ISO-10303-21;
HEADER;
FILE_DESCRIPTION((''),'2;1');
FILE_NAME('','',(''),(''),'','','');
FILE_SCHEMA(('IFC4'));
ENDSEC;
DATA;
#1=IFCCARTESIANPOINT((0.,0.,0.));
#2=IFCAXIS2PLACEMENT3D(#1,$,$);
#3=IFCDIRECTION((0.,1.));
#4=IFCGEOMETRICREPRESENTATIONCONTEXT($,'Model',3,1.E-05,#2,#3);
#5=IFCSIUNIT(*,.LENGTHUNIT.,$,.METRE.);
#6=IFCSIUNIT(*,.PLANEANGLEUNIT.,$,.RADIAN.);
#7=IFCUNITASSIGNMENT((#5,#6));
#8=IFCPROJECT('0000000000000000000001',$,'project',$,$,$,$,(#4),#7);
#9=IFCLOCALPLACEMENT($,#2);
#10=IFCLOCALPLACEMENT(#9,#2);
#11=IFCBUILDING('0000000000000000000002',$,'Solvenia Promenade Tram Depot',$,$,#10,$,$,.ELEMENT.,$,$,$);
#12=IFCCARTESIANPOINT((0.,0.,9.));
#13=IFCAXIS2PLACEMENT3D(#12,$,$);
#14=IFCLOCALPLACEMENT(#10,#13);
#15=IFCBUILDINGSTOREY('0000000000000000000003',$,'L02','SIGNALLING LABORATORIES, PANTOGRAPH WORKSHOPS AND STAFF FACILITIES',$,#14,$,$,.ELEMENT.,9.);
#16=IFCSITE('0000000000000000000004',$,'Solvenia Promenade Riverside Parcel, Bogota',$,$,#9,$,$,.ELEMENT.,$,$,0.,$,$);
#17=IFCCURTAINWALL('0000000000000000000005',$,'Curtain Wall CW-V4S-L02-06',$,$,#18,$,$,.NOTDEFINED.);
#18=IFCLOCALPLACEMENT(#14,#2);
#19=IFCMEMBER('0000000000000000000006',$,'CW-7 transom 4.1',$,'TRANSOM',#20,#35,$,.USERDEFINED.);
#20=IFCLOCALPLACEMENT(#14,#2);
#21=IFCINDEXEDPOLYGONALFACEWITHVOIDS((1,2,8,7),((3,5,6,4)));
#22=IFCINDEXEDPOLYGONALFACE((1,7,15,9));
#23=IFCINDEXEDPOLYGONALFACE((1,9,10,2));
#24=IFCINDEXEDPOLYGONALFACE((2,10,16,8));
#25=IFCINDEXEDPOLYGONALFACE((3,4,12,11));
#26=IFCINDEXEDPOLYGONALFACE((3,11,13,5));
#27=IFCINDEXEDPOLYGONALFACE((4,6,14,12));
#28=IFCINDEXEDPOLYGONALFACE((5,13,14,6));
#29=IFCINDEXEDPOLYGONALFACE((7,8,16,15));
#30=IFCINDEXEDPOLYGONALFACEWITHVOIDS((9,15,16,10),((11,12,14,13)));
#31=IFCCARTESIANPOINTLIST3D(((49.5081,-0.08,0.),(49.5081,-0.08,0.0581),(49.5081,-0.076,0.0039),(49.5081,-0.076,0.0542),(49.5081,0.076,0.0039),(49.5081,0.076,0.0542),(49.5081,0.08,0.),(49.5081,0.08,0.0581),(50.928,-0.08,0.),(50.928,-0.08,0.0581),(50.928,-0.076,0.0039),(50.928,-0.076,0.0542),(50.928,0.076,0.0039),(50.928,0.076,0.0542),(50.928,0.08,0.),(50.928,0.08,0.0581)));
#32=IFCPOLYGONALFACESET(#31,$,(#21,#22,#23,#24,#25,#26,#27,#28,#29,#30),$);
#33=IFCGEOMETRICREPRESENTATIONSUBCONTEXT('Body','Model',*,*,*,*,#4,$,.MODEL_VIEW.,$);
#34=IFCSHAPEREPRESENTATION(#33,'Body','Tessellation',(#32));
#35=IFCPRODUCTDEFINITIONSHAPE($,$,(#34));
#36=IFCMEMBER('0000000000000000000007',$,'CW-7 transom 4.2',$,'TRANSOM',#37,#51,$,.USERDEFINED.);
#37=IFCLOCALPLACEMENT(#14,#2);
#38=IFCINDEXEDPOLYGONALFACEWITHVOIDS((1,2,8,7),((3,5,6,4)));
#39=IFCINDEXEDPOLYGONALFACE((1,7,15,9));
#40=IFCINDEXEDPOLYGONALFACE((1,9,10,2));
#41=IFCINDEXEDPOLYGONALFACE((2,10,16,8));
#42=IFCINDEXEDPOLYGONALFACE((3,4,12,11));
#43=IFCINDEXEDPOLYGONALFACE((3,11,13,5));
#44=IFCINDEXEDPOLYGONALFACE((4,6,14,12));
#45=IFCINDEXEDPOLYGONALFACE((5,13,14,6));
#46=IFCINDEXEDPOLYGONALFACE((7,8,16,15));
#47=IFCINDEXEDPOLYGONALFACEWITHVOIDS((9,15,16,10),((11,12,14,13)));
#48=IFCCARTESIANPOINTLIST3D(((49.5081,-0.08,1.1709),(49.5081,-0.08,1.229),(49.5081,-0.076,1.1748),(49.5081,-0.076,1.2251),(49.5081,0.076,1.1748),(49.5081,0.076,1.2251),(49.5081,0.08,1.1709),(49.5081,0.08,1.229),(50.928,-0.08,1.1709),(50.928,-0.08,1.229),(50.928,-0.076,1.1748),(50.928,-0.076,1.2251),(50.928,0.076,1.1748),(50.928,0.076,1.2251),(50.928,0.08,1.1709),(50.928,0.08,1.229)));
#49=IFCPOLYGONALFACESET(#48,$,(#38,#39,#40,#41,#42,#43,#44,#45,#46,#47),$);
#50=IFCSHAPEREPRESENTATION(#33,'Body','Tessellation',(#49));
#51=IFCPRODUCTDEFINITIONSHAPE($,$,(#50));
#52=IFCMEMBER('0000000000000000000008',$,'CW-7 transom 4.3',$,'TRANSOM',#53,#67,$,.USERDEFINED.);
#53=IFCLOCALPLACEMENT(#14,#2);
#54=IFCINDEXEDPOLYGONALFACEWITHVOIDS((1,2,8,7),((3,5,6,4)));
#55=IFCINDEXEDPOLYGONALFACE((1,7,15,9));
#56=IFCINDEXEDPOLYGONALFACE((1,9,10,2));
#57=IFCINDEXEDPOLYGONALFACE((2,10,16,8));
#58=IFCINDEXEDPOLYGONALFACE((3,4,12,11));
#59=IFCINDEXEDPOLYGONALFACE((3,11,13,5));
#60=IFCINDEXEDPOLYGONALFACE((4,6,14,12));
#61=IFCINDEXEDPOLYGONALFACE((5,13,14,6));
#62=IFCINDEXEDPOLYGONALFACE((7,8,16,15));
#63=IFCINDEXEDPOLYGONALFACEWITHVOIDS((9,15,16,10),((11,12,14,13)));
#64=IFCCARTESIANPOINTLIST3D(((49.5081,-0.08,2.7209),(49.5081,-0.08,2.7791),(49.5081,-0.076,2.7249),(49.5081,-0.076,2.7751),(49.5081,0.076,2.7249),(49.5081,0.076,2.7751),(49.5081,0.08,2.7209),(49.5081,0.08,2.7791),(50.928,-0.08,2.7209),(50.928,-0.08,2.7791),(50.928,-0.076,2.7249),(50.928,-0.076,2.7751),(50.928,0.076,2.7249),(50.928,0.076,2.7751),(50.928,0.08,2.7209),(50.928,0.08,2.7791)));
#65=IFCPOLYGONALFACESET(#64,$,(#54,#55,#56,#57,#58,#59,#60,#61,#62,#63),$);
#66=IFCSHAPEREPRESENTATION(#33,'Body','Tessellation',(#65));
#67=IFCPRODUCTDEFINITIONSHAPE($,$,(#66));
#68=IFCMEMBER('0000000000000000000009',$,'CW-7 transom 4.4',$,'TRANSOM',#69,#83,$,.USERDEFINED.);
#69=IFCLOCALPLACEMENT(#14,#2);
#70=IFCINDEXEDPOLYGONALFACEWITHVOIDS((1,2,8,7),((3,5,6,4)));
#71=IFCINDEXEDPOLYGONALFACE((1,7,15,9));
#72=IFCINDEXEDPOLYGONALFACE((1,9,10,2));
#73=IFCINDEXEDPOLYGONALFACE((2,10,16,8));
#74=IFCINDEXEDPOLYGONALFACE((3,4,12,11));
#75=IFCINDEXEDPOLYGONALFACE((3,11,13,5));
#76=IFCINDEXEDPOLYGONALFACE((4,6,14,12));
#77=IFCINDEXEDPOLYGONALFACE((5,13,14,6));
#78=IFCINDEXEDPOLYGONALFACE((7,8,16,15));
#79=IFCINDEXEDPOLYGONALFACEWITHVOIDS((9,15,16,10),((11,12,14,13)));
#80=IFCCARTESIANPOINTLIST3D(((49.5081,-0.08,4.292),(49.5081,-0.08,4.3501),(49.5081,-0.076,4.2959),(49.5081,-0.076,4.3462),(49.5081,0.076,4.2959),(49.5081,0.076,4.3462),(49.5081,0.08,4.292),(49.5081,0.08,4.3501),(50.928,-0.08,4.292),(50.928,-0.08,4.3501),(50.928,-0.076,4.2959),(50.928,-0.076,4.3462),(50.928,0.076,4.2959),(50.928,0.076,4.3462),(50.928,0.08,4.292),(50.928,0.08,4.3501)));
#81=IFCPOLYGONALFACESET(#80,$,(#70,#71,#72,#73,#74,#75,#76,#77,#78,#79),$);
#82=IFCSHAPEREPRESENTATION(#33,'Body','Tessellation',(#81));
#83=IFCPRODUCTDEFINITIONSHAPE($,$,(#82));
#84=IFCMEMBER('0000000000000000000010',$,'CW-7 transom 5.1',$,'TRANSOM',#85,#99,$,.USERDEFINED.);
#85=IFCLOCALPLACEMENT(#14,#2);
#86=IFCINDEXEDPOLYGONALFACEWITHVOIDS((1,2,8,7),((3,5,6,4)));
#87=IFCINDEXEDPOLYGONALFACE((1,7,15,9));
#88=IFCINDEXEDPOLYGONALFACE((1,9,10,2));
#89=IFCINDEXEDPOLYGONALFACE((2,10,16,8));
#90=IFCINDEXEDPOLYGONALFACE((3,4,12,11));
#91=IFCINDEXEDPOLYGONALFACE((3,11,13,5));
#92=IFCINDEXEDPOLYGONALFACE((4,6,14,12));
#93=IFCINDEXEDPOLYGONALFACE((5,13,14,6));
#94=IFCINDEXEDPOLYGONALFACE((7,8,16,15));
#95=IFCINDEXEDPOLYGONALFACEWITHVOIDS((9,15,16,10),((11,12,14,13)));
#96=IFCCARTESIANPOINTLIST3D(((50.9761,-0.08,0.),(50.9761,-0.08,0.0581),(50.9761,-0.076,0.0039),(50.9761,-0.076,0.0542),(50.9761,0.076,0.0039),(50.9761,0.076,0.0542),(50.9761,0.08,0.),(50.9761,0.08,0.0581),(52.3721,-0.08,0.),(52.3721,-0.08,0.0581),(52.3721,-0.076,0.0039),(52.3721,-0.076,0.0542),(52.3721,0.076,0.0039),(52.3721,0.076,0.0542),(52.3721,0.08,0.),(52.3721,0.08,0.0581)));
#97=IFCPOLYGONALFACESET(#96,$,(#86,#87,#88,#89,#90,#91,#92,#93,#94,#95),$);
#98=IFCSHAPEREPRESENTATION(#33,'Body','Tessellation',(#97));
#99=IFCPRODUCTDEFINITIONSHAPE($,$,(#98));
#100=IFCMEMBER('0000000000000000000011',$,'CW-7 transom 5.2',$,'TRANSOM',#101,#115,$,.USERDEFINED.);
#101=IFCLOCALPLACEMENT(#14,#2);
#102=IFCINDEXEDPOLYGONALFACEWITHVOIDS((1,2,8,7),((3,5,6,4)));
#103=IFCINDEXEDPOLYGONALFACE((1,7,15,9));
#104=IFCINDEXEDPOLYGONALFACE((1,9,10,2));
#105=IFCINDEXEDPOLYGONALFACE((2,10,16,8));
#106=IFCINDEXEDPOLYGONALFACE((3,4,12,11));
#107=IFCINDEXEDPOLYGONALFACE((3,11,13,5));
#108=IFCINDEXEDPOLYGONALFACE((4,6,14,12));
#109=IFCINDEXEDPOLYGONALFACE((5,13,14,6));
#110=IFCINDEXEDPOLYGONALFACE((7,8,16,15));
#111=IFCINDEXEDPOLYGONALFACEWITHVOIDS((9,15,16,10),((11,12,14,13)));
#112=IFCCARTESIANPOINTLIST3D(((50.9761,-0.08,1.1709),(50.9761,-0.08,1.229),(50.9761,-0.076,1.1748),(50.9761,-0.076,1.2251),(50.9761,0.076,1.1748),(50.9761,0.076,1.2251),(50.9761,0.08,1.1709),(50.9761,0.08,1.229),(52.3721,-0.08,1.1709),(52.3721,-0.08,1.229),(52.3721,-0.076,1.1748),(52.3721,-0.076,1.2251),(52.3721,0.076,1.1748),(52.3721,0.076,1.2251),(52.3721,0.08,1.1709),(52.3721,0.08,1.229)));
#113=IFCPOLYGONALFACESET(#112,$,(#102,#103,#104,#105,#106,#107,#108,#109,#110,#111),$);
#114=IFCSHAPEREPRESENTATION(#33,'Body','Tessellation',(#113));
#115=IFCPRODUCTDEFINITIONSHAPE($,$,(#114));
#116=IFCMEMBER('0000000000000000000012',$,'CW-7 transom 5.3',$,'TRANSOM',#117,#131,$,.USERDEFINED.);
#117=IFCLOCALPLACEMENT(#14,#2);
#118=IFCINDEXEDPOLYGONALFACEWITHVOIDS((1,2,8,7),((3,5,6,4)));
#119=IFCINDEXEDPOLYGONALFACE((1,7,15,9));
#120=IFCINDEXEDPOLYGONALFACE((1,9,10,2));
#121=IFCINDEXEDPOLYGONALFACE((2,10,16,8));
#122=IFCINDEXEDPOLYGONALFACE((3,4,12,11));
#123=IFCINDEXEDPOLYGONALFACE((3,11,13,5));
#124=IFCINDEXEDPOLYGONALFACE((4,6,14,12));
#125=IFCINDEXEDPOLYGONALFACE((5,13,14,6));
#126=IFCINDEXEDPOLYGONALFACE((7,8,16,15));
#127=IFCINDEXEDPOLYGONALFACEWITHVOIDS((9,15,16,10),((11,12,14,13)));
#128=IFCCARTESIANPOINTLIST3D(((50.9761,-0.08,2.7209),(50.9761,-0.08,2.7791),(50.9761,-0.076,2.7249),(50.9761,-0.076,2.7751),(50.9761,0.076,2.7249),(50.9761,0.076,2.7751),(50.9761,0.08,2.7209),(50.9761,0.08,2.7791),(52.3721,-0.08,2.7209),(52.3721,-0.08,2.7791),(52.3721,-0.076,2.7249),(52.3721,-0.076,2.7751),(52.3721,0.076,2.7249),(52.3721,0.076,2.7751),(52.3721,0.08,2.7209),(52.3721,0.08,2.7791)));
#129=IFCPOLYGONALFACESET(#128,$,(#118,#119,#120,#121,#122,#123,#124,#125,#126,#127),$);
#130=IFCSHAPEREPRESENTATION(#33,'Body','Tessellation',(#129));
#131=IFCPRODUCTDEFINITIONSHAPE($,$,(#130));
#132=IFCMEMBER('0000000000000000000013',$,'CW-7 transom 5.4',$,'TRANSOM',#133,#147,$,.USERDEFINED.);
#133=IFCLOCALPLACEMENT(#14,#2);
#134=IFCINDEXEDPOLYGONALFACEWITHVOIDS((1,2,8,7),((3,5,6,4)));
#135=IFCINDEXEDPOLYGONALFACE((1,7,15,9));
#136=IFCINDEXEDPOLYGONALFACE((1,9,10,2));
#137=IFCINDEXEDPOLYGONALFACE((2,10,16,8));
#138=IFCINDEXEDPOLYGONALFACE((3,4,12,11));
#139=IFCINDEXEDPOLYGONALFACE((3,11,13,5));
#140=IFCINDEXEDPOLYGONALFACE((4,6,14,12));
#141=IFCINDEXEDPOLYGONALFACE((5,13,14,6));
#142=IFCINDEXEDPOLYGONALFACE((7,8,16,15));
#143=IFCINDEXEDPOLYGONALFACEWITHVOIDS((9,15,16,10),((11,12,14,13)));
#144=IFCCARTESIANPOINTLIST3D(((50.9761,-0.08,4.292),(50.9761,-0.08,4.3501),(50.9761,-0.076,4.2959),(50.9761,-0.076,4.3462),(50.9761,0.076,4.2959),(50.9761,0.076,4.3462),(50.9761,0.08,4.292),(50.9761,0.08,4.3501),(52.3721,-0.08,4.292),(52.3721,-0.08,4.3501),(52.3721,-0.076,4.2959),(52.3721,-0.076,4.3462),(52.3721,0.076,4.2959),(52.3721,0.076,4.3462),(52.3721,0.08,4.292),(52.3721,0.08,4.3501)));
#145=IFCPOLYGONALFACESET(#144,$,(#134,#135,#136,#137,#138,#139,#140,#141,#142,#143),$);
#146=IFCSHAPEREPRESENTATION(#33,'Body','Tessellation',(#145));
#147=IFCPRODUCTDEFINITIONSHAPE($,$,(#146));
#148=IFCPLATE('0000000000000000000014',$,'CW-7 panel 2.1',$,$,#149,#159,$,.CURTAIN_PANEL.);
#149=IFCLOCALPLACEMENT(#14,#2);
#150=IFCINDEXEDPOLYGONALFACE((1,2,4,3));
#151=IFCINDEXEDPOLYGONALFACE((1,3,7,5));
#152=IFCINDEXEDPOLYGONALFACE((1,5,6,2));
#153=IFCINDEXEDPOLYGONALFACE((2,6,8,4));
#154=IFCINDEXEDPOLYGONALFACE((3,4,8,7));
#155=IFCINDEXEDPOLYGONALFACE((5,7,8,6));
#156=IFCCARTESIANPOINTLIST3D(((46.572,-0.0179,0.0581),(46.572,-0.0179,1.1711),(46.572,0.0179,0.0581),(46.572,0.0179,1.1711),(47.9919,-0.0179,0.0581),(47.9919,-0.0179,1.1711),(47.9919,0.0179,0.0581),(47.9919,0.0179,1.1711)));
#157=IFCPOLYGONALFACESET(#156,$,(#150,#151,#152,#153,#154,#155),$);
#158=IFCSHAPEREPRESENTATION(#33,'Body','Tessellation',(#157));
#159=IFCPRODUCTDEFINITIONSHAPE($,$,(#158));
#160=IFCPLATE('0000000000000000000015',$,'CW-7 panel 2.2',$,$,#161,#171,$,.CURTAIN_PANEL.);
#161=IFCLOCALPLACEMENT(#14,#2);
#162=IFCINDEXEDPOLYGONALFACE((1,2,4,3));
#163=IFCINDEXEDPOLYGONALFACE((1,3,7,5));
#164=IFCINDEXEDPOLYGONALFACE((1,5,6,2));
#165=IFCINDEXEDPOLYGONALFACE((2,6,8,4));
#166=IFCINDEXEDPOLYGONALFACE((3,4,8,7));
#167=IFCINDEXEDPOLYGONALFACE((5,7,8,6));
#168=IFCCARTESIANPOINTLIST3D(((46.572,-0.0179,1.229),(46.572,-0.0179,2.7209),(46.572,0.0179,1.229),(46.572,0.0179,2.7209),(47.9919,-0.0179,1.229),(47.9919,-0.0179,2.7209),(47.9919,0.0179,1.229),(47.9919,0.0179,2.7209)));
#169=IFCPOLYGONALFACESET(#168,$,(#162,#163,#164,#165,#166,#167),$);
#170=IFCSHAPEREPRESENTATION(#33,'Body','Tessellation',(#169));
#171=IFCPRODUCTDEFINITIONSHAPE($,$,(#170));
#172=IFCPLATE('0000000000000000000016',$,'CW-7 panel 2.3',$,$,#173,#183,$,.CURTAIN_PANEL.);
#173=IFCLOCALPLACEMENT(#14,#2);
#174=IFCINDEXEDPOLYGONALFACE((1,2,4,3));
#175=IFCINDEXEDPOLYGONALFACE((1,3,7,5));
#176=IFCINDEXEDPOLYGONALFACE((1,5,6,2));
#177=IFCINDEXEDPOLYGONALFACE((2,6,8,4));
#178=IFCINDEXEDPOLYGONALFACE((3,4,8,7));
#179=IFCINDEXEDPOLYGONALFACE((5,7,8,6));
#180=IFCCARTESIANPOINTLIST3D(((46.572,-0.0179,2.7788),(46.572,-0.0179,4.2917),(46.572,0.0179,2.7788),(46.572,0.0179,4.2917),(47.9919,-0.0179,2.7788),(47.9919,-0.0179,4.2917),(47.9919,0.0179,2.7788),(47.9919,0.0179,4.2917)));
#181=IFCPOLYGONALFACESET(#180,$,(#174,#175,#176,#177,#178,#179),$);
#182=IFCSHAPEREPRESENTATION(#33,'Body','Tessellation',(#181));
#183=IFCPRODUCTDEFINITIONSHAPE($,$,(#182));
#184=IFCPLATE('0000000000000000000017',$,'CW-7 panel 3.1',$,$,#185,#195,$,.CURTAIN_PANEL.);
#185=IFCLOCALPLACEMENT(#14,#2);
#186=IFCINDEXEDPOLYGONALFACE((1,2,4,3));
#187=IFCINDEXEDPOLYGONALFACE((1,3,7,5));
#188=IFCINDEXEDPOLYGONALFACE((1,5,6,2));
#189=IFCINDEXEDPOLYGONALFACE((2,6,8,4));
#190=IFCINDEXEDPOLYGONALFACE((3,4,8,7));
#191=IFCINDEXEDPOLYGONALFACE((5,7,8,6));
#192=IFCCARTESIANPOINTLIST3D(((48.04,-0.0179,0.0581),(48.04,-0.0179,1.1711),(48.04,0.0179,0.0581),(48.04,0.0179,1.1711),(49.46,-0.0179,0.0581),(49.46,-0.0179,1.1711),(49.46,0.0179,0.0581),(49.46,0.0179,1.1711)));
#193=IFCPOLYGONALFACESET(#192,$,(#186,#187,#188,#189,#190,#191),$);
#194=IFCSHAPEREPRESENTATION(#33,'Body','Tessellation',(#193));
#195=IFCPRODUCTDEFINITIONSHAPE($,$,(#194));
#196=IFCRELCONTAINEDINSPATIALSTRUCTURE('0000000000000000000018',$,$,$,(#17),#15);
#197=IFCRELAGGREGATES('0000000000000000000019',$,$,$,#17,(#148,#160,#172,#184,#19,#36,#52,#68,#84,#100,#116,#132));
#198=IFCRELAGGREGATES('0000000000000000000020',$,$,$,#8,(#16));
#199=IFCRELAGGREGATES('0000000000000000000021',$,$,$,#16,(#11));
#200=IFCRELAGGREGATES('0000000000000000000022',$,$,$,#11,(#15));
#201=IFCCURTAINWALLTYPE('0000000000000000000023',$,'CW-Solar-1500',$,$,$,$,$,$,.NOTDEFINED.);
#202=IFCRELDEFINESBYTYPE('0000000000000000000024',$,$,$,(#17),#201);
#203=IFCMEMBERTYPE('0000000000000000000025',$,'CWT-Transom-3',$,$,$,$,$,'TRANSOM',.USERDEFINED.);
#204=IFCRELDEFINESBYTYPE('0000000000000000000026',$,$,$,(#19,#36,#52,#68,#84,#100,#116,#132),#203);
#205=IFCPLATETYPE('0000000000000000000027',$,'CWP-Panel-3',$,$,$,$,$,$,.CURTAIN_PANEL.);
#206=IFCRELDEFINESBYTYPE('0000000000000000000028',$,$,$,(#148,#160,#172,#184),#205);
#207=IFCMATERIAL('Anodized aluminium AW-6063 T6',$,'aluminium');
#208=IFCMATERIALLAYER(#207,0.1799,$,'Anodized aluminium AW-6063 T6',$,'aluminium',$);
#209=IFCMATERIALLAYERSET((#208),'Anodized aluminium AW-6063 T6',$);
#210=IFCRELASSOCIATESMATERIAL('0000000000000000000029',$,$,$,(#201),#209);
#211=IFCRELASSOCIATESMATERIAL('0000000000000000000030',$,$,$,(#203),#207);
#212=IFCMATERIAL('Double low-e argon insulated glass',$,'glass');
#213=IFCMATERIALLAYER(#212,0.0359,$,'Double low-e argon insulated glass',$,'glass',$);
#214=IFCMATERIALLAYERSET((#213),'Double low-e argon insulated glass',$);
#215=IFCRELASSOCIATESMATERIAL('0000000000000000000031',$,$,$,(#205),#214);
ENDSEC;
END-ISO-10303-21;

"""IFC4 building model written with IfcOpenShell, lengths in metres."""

from ifc_helpers import new_model, si_unit, direction, frame, origin, origin_2d, place, context, subcontext, project, spatial, rectangle, hollow_rectangle, extrude, material, layer, layer_set, material_profile, profile_set, type_object, element, aggregate, save


model = new_model("IFC4")

# Units and contexts
model_context = context("Model", 3, precision=1e-05, world=origin(), true_north=direction((0.0, 1.0)))
body_context = subcontext(model_context, "Body", "Model", "MODEL_VIEW")
ifc_project = project(units=[si_unit("LENGTHUNIT", "METRE"), si_unit("PLANEANGLEUNIT", "RADIAN")], contexts=[model_context])

# Site, building, storey
site_placement = place(None, origin())
site = spatial("IfcSite", under=ifc_project, at=site_placement, Name="Solvenia Promenade Riverside Parcel, Bogota", CompositionType="ELEMENT", RefElevation=0.0)
building_placement = place(site_placement, origin())
building = spatial("IfcBuilding", under=site, at=building_placement, Name="Solvenia Promenade Tram Depot", CompositionType="ELEMENT")
storey_placement = place(building_placement, frame((0.0, 0.0, 9.0)))
storey = spatial("IfcBuildingStorey", under=building, at=storey_placement, Name="L02", Description="SIGNALLING LABORATORIES, PANTOGRAPH WORKSHOPS AND STAFF FACILITIES", CompositionType="ELEMENT", Elevation=9.0)

# Curtain wall, members, plates
ifc_material_1 = material(Name="Anodized aluminium AW-6063 T6", Category="aluminium")
ifc_layer_1 = layer(ifc_material_1, 0.1799, Name="Anodized aluminium AW-6063 T6", Category="aluminium")
ifc_layer_set_1 = layer_set([ifc_layer_1], Name="Anodized aluminium AW-6063 T6")
curtain_wall_type = type_object("IfcCurtainWallType", Name="CW-Solar-1500", PredefinedType="NOTDEFINED", material=ifc_layer_set_1)
curtain_wall_placement = place(storey_placement, origin())
curtain_wall = element("IfcCurtainWall", 1, at=curtain_wall_placement, inside=storey, type_object=curtain_wall_type, Name="Curtain Wall CW-V4S-L02-06", PredefinedType="NOTDEFINED")
ifc_material_profile_1 = material_profile(ifc_material_1, hollow_rectangle(XDim=0.1599, YDim=0.0581, WallThickness=0.0039, at=origin_2d()), Name="ALU-T3", Category="aluminium")
ifc_profile_set_1 = profile_set([ifc_material_profile_1], Name="Anodized aluminium AW-6063 T6")
member_type_1 = type_object("IfcMemberType", Name="CWT-Transom-3", ElementType="TRANSOM", PredefinedType="USERDEFINED", material=ifc_profile_set_1)
member_1_placement = place(storey_placement, frame((49.5081, 0.0, 0.0291), z_axis=(1.0, 0.0, 0.0), x_axis=(0.0, 1.0, 0.0)))
member_1 = element("IfcMember", 2, at=member_1_placement, type_object=member_type_1, Name="CW-7 transom 4.1", ObjectType="TRANSOM", PredefinedType="USERDEFINED", context=body_context, shape_type="SweptSolid", body=[
    extrude(hollow_rectangle(XDim=0.1599, YDim=0.0581, WallThickness=0.0039, at=origin_2d()), origin(), (0.0, 0.0, 1.0), 1.4199),
])
member_2_placement = place(storey_placement, frame((49.5081, 0.0, 1.2), z_axis=(1.0, 0.0, 0.0), x_axis=(0.0, 1.0, 0.0)))
member_2 = element("IfcMember", 3, at=member_2_placement, type_object=member_type_1, Name="CW-7 transom 4.2", ObjectType="TRANSOM", PredefinedType="USERDEFINED", context=body_context, shape_type="SweptSolid", body=[
    extrude(hollow_rectangle(XDim=0.1599, YDim=0.0581, WallThickness=0.0039, at=origin_2d()), origin(), (0.0, 0.0, 1.0), 1.4199),
])
member_3_placement = place(storey_placement, frame((49.5081, 0.0, 2.75), z_axis=(1.0, 0.0, 0.0), x_axis=(0.0, 1.0, 0.0)))
member_3 = element("IfcMember", 4, at=member_3_placement, type_object=member_type_1, Name="CW-7 transom 4.3", ObjectType="TRANSOM", PredefinedType="USERDEFINED", context=body_context, shape_type="SweptSolid", body=[
    extrude(hollow_rectangle(XDim=0.1599, YDim=0.0581, WallThickness=0.0039, at=origin_2d()), origin(), (0.0, 0.0, 1.0), 1.4199),
])
member_4_placement = place(storey_placement, frame((49.5081, 0.0, 4.321), z_axis=(1.0, 0.0, 0.0), x_axis=(0.0, 1.0, 0.0)))
member_4 = element("IfcMember", 5, at=member_4_placement, type_object=member_type_1, Name="CW-7 transom 4.4", ObjectType="TRANSOM", PredefinedType="USERDEFINED", context=body_context, shape_type="SweptSolid", body=[
    extrude(hollow_rectangle(XDim=0.1599, YDim=0.0581, WallThickness=0.0039, at=origin_2d()), origin(), (0.0, 0.0, 1.0), 1.4199),
])
member_5_placement = place(storey_placement, frame((50.9761, 0.0, 0.0291), z_axis=(1.0, 0.0, 0.0), x_axis=(0.0, 1.0, 0.0)))
member_5 = element("IfcMember", 6, at=member_5_placement, type_object=member_type_1, Name="CW-7 transom 5.1", ObjectType="TRANSOM", PredefinedType="USERDEFINED", context=body_context, shape_type="SweptSolid", body=[
    extrude(hollow_rectangle(XDim=0.1599, YDim=0.0581, WallThickness=0.0039, at=origin_2d()), origin(), (0.0, 0.0, 1.0), 1.396),
])
member_6_placement = place(storey_placement, frame((50.9761, 0.0, 1.2), z_axis=(1.0, 0.0, 0.0), x_axis=(0.0, 1.0, 0.0)))
member_6 = element("IfcMember", 7, at=member_6_placement, type_object=member_type_1, Name="CW-7 transom 5.2", ObjectType="TRANSOM", PredefinedType="USERDEFINED", context=body_context, shape_type="SweptSolid", body=[
    extrude(hollow_rectangle(XDim=0.1599, YDim=0.0581, WallThickness=0.0039, at=origin_2d()), origin(), (0.0, 0.0, 1.0), 1.396),
])
member_7_placement = place(storey_placement, frame((50.9761, 0.0, 2.75), z_axis=(1.0, 0.0, 0.0), x_axis=(0.0, 1.0, 0.0)))
member_7 = element("IfcMember", 8, at=member_7_placement, type_object=member_type_1, Name="CW-7 transom 5.3", ObjectType="TRANSOM", PredefinedType="USERDEFINED", context=body_context, shape_type="SweptSolid", body=[
    extrude(hollow_rectangle(XDim=0.1599, YDim=0.0581, WallThickness=0.0039, at=origin_2d()), origin(), (0.0, 0.0, 1.0), 1.396),
])
member_8_placement = place(storey_placement, frame((50.9761, 0.0, 4.321), z_axis=(1.0, 0.0, 0.0), x_axis=(0.0, 1.0, 0.0)))
member_8 = element("IfcMember", 9, at=member_8_placement, type_object=member_type_1, Name="CW-7 transom 5.4", ObjectType="TRANSOM", PredefinedType="USERDEFINED", context=body_context, shape_type="SweptSolid", body=[
    extrude(hollow_rectangle(XDim=0.1599, YDim=0.0581, WallThickness=0.0039, at=origin_2d()), origin(), (0.0, 0.0, 1.0), 1.396),
])
ifc_material_2 = material(Name="Double low-e argon insulated glass", Category="glass")
ifc_layer_2 = layer(ifc_material_2, 0.0359, Name="Double low-e argon insulated glass", Category="glass")
ifc_layer_set_2 = layer_set([ifc_layer_2], Name="Double low-e argon insulated glass")
plate_type = type_object("IfcPlateType", Name="CWP-Panel-3", PredefinedType="CURTAIN_PANEL", material=ifc_layer_set_2)
plate_1_placement = place(storey_placement, frame((47.282, 0.0, 0.0581), z_axis=(0.0, 0.0, 1.0), x_axis=(1.0, 0.0, 0.0)))
plate_1 = element("IfcPlate", 10, at=plate_1_placement, type_object=plate_type, Name="CW-7 panel 2.1", PredefinedType="CURTAIN_PANEL", context=body_context, shape_type="SweptSolid", body=[
    extrude(rectangle(XDim=1.4199, YDim=0.0359, at=origin_2d()), origin(), (0.0, 0.0, 1.0), 1.113),
])
plate_2_placement = place(storey_placement, frame((47.282, 0.0, 1.229), z_axis=(0.0, 0.0, 1.0), x_axis=(1.0, 0.0, 0.0)))
plate_2 = element("IfcPlate", 11, at=plate_2_placement, type_object=plate_type, Name="CW-7 panel 2.2", PredefinedType="CURTAIN_PANEL", context=body_context, shape_type="SweptSolid", body=[
    extrude(rectangle(XDim=1.4199, YDim=0.0359, at=origin_2d()), origin(), (0.0, 0.0, 1.0), 1.4919),
])
plate_3_placement = place(storey_placement, frame((47.282, 0.0, 2.7788), z_axis=(0.0, 0.0, 1.0), x_axis=(1.0, 0.0, 0.0)))
plate_3 = element("IfcPlate", 12, at=plate_3_placement, type_object=plate_type, Name="CW-7 panel 2.3", PredefinedType="CURTAIN_PANEL", context=body_context, shape_type="SweptSolid", body=[
    extrude(rectangle(XDim=1.4199, YDim=0.0359, at=origin_2d()), origin(), (0.0, 0.0, 1.0), 1.5129),
])
plate_4_placement = place(storey_placement, frame((48.75, 0.0, 0.0581), z_axis=(0.0, 0.0, 1.0), x_axis=(1.0, 0.0, 0.0)))
plate_4 = element("IfcPlate", 13, at=plate_4_placement, type_object=plate_type, Name="CW-7 panel 3.1", PredefinedType="CURTAIN_PANEL", context=body_context, shape_type="SweptSolid", body=[
    extrude(rectangle(XDim=1.4199, YDim=0.0359, at=origin_2d()), origin(), (0.0, 0.0, 1.0), 1.113),
])
aggregate(curtain_wall, [plate_1, plate_2, plate_3, plate_4, member_1, member_2, member_3, member_4, member_5, member_6, member_7, member_8])

save(model, "model.ifc")
